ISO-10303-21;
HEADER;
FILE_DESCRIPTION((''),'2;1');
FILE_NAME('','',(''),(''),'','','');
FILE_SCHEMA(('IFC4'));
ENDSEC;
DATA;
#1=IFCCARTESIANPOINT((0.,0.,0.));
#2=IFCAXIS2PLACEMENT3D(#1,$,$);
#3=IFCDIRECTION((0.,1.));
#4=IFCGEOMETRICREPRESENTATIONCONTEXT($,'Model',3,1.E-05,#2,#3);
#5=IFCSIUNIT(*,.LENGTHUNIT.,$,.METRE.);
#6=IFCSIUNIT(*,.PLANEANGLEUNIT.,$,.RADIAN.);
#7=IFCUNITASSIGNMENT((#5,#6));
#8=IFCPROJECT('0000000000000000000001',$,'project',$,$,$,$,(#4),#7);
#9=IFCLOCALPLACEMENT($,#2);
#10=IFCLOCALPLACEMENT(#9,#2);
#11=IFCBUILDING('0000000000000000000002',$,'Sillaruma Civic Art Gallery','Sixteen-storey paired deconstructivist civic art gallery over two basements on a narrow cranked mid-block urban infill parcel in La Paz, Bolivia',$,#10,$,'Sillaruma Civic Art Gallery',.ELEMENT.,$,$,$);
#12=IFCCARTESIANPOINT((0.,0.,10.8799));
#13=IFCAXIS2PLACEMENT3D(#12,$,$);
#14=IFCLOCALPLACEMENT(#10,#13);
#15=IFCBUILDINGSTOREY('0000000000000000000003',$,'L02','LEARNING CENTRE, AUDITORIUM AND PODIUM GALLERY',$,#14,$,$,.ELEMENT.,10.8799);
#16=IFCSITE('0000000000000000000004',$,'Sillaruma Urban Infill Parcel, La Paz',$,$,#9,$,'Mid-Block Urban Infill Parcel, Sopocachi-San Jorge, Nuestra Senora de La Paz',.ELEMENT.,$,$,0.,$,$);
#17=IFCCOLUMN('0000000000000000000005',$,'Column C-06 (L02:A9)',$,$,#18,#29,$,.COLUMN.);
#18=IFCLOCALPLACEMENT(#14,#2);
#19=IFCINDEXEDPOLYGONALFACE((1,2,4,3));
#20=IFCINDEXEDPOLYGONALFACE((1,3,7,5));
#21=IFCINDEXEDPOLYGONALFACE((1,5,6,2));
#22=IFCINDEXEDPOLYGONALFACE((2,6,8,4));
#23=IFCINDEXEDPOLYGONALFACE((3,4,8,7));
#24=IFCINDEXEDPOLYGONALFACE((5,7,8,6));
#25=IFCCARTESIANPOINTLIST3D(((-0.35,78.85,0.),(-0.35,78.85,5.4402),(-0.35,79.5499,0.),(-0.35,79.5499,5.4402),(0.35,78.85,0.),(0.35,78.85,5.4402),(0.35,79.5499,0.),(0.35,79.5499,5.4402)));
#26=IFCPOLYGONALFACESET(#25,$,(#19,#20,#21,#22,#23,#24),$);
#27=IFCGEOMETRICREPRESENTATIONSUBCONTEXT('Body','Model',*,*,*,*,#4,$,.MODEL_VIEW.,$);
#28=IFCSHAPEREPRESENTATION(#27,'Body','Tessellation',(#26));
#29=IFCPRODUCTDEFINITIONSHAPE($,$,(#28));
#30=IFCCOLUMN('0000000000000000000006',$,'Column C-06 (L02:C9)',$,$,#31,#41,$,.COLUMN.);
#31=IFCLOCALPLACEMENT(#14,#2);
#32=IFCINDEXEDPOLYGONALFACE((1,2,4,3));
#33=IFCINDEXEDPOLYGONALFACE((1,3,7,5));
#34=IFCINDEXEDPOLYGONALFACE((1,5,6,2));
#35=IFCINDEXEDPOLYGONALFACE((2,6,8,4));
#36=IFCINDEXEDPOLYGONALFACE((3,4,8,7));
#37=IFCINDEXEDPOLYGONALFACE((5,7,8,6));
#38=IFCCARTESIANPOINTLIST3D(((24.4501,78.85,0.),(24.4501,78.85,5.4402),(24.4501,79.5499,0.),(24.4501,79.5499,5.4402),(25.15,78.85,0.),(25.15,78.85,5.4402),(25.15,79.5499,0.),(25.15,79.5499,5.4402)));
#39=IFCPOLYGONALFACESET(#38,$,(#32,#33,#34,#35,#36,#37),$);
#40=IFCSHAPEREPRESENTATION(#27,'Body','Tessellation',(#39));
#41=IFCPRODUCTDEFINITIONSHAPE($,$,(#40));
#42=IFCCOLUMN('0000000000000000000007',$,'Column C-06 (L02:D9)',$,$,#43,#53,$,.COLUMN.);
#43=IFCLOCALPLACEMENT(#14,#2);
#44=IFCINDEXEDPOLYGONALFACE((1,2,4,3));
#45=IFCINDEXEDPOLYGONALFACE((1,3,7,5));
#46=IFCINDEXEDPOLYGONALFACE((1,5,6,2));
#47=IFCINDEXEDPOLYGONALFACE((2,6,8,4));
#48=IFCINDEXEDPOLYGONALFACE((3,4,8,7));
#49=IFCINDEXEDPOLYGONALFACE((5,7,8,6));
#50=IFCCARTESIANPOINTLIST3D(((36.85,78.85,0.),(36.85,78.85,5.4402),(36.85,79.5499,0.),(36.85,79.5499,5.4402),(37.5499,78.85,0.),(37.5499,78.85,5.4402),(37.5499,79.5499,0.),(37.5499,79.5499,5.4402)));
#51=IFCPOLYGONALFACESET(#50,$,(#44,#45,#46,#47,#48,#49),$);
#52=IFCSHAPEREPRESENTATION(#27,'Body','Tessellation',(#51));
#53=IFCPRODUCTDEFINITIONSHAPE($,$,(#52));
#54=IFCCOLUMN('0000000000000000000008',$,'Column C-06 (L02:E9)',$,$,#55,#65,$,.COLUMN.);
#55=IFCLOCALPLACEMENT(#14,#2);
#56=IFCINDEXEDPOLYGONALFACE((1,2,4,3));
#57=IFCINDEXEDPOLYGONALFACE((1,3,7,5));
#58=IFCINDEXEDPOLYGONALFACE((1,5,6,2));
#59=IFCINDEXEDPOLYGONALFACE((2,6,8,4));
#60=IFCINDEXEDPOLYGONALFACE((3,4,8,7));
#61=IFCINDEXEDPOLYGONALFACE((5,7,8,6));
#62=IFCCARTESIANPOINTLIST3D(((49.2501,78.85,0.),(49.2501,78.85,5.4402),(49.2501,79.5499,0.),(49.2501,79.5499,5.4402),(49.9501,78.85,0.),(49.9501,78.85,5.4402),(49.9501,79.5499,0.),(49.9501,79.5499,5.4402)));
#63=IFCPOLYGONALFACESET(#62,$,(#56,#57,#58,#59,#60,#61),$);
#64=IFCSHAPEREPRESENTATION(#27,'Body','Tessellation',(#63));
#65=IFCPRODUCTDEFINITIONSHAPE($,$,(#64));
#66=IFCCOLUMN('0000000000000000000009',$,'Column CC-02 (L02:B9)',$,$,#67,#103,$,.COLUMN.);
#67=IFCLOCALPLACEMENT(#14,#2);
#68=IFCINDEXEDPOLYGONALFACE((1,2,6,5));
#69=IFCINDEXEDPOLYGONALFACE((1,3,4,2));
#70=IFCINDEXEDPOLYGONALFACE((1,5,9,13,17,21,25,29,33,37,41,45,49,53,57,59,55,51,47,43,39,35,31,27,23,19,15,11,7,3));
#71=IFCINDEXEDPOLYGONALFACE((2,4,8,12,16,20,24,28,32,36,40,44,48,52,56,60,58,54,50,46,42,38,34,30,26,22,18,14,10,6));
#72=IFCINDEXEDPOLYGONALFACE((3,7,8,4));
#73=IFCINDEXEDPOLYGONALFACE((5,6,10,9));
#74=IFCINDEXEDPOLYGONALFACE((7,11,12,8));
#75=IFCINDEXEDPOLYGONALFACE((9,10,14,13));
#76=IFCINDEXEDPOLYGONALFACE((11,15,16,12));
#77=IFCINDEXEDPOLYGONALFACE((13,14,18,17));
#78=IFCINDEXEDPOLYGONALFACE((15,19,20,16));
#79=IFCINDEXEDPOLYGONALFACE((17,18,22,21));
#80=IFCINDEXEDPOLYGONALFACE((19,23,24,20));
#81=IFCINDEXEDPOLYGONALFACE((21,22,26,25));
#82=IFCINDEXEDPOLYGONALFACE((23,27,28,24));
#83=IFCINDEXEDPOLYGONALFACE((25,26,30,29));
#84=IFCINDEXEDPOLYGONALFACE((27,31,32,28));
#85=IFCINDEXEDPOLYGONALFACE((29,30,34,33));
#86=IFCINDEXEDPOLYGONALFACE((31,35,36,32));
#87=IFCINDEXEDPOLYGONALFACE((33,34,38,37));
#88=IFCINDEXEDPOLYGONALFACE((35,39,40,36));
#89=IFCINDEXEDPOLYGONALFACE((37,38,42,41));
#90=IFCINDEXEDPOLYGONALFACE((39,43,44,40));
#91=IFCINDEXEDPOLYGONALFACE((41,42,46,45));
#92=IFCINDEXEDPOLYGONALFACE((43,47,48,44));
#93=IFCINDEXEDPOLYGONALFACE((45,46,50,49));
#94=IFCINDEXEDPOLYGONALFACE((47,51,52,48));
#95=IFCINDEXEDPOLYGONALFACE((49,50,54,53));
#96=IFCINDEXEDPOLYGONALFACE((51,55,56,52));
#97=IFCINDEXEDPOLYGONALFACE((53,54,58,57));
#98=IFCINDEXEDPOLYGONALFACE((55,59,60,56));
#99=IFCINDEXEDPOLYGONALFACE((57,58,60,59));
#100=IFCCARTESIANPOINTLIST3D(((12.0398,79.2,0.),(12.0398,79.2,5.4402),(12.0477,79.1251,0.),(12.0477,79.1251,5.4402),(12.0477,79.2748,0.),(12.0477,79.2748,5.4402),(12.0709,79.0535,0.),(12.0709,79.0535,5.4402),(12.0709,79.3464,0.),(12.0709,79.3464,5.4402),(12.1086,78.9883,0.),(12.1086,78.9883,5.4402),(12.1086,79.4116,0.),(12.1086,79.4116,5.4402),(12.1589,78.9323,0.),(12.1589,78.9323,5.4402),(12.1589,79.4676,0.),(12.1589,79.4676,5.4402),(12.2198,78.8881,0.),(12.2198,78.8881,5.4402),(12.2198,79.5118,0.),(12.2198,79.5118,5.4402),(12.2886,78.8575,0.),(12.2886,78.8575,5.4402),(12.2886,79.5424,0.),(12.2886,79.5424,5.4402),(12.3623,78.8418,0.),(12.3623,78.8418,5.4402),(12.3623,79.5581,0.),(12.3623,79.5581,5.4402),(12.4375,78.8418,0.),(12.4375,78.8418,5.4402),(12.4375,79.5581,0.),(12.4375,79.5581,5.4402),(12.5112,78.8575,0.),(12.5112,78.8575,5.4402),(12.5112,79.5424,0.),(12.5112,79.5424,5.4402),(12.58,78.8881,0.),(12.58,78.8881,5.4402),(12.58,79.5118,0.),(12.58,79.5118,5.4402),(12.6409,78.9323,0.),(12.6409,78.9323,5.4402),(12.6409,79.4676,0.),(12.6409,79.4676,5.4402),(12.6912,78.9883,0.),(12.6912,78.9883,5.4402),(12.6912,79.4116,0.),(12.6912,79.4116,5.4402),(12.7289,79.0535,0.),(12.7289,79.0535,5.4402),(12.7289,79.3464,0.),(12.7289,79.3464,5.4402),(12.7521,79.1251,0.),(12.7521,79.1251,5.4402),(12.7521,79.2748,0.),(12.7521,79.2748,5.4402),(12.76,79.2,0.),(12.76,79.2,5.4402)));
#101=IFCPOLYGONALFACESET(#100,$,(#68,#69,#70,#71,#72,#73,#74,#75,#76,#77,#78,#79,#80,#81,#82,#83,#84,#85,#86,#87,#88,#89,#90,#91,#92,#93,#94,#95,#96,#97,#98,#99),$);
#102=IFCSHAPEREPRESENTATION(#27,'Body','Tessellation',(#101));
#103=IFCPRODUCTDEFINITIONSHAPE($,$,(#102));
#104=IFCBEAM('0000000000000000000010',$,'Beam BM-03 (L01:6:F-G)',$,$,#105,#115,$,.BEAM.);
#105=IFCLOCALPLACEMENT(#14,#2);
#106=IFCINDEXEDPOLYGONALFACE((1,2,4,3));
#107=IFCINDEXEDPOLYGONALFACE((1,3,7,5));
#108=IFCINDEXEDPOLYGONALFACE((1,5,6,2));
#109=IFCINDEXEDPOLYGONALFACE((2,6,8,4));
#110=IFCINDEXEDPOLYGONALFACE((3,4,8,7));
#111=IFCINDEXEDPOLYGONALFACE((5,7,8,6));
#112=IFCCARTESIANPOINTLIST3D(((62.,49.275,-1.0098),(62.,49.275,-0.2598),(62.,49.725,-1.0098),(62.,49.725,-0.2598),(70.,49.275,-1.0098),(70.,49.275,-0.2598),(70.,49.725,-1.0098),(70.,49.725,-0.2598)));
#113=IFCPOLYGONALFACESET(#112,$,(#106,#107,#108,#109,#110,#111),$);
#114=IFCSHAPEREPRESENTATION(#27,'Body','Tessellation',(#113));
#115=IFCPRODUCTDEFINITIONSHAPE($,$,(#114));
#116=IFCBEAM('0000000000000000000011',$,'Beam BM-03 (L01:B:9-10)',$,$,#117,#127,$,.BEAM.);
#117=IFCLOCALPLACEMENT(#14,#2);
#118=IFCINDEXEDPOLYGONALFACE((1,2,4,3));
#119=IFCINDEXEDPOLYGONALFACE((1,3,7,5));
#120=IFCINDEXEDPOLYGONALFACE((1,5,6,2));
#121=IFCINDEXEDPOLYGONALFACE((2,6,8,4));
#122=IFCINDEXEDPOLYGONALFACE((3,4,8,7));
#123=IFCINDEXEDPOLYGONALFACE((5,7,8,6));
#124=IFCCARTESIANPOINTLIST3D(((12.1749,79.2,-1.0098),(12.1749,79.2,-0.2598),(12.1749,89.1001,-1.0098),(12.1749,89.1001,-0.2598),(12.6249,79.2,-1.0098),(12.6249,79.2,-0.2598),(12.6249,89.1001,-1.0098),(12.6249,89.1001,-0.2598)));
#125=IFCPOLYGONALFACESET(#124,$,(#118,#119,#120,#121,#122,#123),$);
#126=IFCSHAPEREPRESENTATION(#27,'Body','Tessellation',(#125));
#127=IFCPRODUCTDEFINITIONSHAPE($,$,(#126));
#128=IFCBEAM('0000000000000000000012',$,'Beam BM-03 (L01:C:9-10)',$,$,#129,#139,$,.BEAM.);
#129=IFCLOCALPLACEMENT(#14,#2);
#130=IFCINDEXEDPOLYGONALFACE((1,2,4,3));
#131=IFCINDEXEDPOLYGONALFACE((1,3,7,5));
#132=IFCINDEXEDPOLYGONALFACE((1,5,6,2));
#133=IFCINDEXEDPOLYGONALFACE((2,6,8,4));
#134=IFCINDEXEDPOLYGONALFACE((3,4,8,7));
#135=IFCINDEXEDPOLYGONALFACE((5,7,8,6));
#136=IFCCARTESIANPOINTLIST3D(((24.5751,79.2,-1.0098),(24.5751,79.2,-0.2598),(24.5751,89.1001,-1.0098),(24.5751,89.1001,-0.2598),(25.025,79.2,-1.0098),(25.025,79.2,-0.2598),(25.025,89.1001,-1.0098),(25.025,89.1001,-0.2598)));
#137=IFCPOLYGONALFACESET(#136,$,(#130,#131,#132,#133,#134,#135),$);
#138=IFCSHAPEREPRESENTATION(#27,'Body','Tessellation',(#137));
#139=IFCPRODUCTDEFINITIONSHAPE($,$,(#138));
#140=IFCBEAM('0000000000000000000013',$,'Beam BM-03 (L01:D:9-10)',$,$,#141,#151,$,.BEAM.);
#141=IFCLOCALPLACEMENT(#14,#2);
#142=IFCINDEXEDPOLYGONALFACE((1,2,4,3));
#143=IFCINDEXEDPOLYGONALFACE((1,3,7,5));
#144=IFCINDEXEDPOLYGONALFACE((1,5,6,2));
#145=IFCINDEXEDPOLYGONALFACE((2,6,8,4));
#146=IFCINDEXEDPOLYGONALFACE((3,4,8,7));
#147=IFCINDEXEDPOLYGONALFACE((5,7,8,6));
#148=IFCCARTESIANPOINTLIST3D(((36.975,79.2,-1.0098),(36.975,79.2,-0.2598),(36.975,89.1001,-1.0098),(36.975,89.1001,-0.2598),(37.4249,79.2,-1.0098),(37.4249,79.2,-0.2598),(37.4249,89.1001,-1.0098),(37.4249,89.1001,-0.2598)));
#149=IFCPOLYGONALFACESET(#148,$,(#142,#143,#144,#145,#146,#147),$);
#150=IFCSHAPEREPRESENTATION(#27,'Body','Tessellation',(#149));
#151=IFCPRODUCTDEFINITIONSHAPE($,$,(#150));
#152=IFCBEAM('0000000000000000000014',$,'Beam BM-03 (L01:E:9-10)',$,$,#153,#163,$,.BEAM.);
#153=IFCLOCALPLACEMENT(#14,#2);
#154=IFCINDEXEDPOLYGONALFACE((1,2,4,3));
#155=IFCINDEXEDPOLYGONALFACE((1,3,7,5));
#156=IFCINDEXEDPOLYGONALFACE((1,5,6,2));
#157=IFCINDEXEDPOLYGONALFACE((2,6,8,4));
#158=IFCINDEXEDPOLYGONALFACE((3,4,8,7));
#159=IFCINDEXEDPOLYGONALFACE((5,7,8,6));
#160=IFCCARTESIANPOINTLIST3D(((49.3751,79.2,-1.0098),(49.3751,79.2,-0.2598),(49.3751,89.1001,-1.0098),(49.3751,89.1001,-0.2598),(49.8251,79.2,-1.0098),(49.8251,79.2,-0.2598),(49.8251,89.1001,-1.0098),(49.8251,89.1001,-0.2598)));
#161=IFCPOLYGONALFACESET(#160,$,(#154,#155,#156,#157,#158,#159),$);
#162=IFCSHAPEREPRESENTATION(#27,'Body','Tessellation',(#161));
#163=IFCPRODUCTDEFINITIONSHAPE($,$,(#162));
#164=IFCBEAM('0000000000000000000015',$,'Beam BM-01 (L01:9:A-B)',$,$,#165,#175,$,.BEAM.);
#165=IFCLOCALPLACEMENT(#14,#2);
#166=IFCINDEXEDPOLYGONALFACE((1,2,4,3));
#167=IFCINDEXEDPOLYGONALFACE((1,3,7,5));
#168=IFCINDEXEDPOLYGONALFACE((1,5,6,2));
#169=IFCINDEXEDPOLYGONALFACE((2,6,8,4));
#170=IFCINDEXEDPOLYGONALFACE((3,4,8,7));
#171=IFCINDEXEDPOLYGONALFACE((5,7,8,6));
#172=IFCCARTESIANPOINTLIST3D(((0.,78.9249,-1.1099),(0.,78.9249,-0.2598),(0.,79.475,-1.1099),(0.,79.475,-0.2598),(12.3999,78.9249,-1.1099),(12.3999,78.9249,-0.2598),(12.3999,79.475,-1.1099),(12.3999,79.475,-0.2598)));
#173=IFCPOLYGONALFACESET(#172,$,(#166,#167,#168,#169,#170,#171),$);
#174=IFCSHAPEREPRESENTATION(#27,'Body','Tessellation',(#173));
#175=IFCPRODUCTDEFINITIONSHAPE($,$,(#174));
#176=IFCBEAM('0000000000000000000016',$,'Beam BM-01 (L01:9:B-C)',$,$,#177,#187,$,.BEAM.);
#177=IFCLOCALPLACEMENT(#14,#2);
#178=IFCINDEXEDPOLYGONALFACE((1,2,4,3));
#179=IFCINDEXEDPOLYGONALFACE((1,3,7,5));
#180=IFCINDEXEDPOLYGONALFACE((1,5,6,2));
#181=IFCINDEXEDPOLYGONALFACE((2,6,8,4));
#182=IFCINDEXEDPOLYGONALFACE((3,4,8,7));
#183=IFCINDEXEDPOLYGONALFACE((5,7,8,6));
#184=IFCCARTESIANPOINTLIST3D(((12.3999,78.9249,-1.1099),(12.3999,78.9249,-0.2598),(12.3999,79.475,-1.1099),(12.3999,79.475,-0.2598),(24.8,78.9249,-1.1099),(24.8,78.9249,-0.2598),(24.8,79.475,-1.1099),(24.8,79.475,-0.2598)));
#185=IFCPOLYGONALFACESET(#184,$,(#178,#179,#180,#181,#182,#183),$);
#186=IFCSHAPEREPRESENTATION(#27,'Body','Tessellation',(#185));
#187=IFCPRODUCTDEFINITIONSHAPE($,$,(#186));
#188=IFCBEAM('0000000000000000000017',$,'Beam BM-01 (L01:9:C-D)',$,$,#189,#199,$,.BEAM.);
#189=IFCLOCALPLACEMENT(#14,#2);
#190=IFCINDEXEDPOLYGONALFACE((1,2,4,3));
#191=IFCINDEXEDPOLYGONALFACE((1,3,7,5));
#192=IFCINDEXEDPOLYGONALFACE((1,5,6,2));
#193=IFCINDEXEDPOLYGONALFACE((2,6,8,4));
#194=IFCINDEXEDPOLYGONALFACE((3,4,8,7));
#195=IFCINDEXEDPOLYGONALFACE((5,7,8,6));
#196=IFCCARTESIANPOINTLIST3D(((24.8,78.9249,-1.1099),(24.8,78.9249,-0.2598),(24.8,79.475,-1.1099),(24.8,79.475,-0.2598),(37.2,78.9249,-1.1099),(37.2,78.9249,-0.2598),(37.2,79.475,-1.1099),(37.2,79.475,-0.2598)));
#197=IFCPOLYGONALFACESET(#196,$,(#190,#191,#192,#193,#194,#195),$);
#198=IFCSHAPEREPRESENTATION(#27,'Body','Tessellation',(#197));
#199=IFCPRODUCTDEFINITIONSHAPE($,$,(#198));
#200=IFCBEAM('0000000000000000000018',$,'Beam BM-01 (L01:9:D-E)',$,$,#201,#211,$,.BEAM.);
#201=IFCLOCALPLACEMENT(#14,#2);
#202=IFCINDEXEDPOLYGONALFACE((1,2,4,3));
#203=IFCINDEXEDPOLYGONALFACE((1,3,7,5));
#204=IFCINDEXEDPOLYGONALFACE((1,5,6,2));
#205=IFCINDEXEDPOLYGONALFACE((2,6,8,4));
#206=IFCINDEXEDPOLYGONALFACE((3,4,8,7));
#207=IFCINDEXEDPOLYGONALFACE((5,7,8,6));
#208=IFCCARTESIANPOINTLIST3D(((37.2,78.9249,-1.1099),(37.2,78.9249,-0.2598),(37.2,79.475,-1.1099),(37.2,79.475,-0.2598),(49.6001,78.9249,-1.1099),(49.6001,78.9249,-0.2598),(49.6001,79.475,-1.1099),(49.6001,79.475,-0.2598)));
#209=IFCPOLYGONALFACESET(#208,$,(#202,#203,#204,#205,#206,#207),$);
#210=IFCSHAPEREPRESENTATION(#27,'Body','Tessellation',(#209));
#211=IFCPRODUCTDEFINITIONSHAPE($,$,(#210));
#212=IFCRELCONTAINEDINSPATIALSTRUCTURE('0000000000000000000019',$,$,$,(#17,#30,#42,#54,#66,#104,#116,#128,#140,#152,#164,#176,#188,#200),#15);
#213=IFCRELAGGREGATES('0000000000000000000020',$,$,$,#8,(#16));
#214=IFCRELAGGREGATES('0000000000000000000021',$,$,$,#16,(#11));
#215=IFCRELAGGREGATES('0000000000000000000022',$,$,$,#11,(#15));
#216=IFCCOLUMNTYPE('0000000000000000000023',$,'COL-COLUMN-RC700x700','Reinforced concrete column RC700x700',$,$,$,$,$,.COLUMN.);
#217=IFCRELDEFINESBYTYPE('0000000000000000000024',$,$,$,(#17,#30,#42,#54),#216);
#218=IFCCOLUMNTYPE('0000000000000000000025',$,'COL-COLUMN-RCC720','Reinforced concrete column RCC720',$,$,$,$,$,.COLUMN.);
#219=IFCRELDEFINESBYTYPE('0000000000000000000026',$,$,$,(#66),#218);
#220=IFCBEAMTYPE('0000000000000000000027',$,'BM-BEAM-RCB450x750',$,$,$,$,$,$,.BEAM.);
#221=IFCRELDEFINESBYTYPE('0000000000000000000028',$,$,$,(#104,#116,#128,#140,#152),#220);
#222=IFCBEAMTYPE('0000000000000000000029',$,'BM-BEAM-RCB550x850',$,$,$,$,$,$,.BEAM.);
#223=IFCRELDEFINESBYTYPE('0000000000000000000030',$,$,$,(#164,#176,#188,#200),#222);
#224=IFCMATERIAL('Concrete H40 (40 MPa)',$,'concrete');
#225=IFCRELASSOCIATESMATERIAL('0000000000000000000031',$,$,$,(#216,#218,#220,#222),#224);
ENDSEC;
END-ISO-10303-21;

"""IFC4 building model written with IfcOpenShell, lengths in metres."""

from ifc_helpers import new_model, si_unit, direction, frame, origin, origin_2d, place, context, subcontext, project, spatial, rectangle, circle, extrude, material, material_profile, profile_set, type_object, element, save


model = new_model("IFC4")

# Units and contexts
model_context = context("Model", 3, precision=1e-05, world=origin(), true_north=direction((0.0, 1.0)))
body_context = subcontext(model_context, "Body", "Model", "MODEL_VIEW")
ifc_project = project(units=[si_unit("LENGTHUNIT", "METRE"), si_unit("PLANEANGLEUNIT", "RADIAN")], contexts=[model_context])

# Site, building, storey
site_placement = place(None, origin())
site = spatial("IfcSite", under=ifc_project, at=site_placement, Name="Sillaruma Urban Infill Parcel, La Paz", LongName="Mid-Block Urban Infill Parcel, Sopocachi-San Jorge, Nuestra Senora de La Paz", CompositionType="ELEMENT", RefElevation=0.0)
building_placement = place(site_placement, origin())
building = spatial("IfcBuilding", under=site, at=building_placement, Name="Sillaruma Civic Art Gallery", Description="Sixteen-storey paired deconstructivist civic art gallery over two basements on a narrow cranked mid-block urban infill parcel in La Paz, Bolivia", LongName="Sillaruma Civic Art Gallery", CompositionType="ELEMENT")
storey_placement = place(building_placement, frame((0.0, 0.0, 10.8799)))
storey = spatial("IfcBuildingStorey", under=building, at=storey_placement, Name="L02", Description="LEARNING CENTRE, AUDITORIUM AND PODIUM GALLERY", CompositionType="ELEMENT", Elevation=10.8799)

# Columns
ifc_material_1 = material(Name="Concrete H40 (40 MPa)", Category="concrete")
ifc_material_profile_1 = material_profile(ifc_material_1, rectangle(XDim=0.7, YDim=0.7, at=origin_2d()), Name="RC700x700")
ifc_profile_set_1 = profile_set([ifc_material_profile_1], Name="Concrete H40 (40 MPa)")
column_type_1 = type_object("IfcColumnType", Name="COL-COLUMN-RC700x700", Description="Reinforced concrete column RC700x700", PredefinedType="COLUMN", material=ifc_profile_set_1)
for number, where, z_axis, x_axis, name in (
    (1, (0.0, 79.2, 0.0), (0.0, 0.0, 1.0), (1.0, 0.0, 0.0), "Column C-06 (L02:A9)"),
    (2, (24.8, 79.2, 0.0), (0.0, 0.0, 1.0), (1.0, 0.0, 0.0), "Column C-06 (L02:C9)"),
    (3, (37.2, 79.2, 0.0), (0.0, 0.0, 1.0), (1.0, 0.0, 0.0), "Column C-06 (L02:D9)"),
    (4, (49.6001, 79.2, 0.0), (0.0, 0.0, 1.0), (1.0, 0.0, 0.0), "Column C-06 (L02:E9)"),
):
    element("IfcColumn", number, at=place(storey_placement, frame(where, z_axis=z_axis, x_axis=x_axis)), inside=storey, type_object=column_type_1, Name=name, PredefinedType="COLUMN", context=body_context, shape_type="SweptSolid", body=[
        extrude(rectangle(XDim=0.7, YDim=0.7, at=origin_2d()), origin(), (0.0, 0.0, 1.0), 5.4402),
    ])
ifc_material_profile_2 = material_profile(ifc_material_1, circle(Radius=0.3601, at=origin_2d()), Name="RCC720")
ifc_profile_set_2 = profile_set([ifc_material_profile_2], Name="Concrete H40 (40 MPa)")
column_type_2 = type_object("IfcColumnType", Name="COL-COLUMN-RCC720", Description="Reinforced concrete column RCC720", PredefinedType="COLUMN", material=ifc_profile_set_2)
column_placement = place(storey_placement, frame((12.3999, 79.2, 0.0), z_axis=(0.0, 0.0, 1.0), x_axis=(1.0, 0.0, 0.0)))
element("IfcColumn", 5, at=column_placement, inside=storey, type_object=column_type_2, Name="Column CC-02 (L02:B9)", PredefinedType="COLUMN", context=body_context, shape_type="SweptSolid", body=[
    extrude(circle(Radius=0.3601, at=origin_2d()), origin(), (0.0, 0.0, 1.0), 5.4402),
])

# Beams
ifc_material_profile_3 = material_profile(ifc_material_1, rectangle(XDim=0.45, YDim=0.75, at=origin_2d()), Name="RCB450x750")
ifc_profile_set_3 = profile_set([ifc_material_profile_3], Name="Concrete H40 (40 MPa)")
beam_type_1 = type_object("IfcBeamType", Name="BM-BEAM-RCB450x750", PredefinedType="BEAM", material=ifc_profile_set_3)
beam_1_placement = place(storey_placement, frame((62.0, 49.5, -0.6348), z_axis=(1.0, 0.0, 0.0), x_axis=(0.0, 1.0, 0.0)))
element("IfcBeam", 6, at=beam_1_placement, inside=storey, type_object=beam_type_1, Name="Beam BM-03 (L01:6:F-G)", PredefinedType="BEAM", context=body_context, shape_type="SweptSolid", body=[
    extrude(rectangle(XDim=0.45, YDim=0.75, at=origin_2d()), origin(), (0.0, 0.0, 1.0), 8.0),
])
for number, where, z_axis, x_axis, name in (
    (7, (12.3999, 79.2, -0.6348), (0.0, 1.0, 0.0), (-1.0, 0.0, 0.0), "Beam BM-03 (L01:B:9-10)"),
    (8, (24.8, 79.2, -0.6348), (0.0, 1.0, 0.0), (-1.0, 0.0, 0.0), "Beam BM-03 (L01:C:9-10)"),
    (9, (37.2, 79.2, -0.6348), (0.0, 1.0, 0.0), (-1.0, 0.0, 0.0), "Beam BM-03 (L01:D:9-10)"),
    (10, (49.6001, 79.2, -0.6348), (0.0, 1.0, 0.0), (-1.0, 0.0, 0.0), "Beam BM-03 (L01:E:9-10)"),
):
    element("IfcBeam", number, at=place(storey_placement, frame(where, z_axis=z_axis, x_axis=x_axis)), inside=storey, type_object=beam_type_1, Name=name, PredefinedType="BEAM", context=body_context, shape_type="SweptSolid", body=[
        extrude(rectangle(XDim=0.45, YDim=0.75, at=origin_2d()), origin(), (0.0, 0.0, 1.0), 9.9001),
    ])
ifc_material_profile_4 = material_profile(ifc_material_1, rectangle(XDim=0.55, YDim=0.8501, at=origin_2d()), Name="RCB550x850")
ifc_profile_set_4 = profile_set([ifc_material_profile_4], Name="Concrete H40 (40 MPa)")
beam_type_2 = type_object("IfcBeamType", Name="BM-BEAM-RCB550x850", PredefinedType="BEAM", material=ifc_profile_set_4)
beam_2_placement = place(storey_placement, frame((0.0, 79.2, -0.6848), z_axis=(1.0, 0.0, 0.0), x_axis=(0.0, 1.0, 0.0)))
element("IfcBeam", 11, at=beam_2_placement, inside=storey, type_object=beam_type_2, Name="Beam BM-01 (L01:9:A-B)", PredefinedType="BEAM", context=body_context, shape_type="SweptSolid", body=[
    extrude(rectangle(XDim=0.55, YDim=0.8501, at=origin_2d()), origin(), (0.0, 0.0, 1.0), 12.3999),
])
beam_3_placement = place(storey_placement, frame((12.3999, 79.2, -0.6848), z_axis=(1.0, 0.0, 0.0), x_axis=(0.0, 1.0, 0.0)))
element("IfcBeam", 12, at=beam_3_placement, inside=storey, type_object=beam_type_2, Name="Beam BM-01 (L01:9:B-C)", PredefinedType="BEAM", context=body_context, shape_type="SweptSolid", body=[
    extrude(rectangle(XDim=0.55, YDim=0.8501, at=origin_2d()), origin(), (0.0, 0.0, 1.0), 12.4001),
])
beam_4_placement = place(storey_placement, frame((24.8, 79.2, -0.6848), z_axis=(1.0, 0.0, 0.0), x_axis=(0.0, 1.0, 0.0)))
element("IfcBeam", 13, at=beam_4_placement, inside=storey, type_object=beam_type_2, Name="Beam BM-01 (L01:9:C-D)", PredefinedType="BEAM", context=body_context, shape_type="SweptSolid", body=[
    extrude(rectangle(XDim=0.55, YDim=0.8501, at=origin_2d()), origin(), (0.0, 0.0, 1.0), 12.3999),
])
beam_5_placement = place(storey_placement, frame((37.2, 79.2, -0.6848), z_axis=(1.0, 0.0, 0.0), x_axis=(0.0, 1.0, 0.0)))
element("IfcBeam", 14, at=beam_5_placement, inside=storey, type_object=beam_type_2, Name="Beam BM-01 (L01:9:D-E)", PredefinedType="BEAM", context=body_context, shape_type="SweptSolid", body=[
    extrude(rectangle(XDim=0.55, YDim=0.8501, at=origin_2d()), origin(), (0.0, 0.0, 1.0), 12.4001),
])

save(model, "model.ifc")
